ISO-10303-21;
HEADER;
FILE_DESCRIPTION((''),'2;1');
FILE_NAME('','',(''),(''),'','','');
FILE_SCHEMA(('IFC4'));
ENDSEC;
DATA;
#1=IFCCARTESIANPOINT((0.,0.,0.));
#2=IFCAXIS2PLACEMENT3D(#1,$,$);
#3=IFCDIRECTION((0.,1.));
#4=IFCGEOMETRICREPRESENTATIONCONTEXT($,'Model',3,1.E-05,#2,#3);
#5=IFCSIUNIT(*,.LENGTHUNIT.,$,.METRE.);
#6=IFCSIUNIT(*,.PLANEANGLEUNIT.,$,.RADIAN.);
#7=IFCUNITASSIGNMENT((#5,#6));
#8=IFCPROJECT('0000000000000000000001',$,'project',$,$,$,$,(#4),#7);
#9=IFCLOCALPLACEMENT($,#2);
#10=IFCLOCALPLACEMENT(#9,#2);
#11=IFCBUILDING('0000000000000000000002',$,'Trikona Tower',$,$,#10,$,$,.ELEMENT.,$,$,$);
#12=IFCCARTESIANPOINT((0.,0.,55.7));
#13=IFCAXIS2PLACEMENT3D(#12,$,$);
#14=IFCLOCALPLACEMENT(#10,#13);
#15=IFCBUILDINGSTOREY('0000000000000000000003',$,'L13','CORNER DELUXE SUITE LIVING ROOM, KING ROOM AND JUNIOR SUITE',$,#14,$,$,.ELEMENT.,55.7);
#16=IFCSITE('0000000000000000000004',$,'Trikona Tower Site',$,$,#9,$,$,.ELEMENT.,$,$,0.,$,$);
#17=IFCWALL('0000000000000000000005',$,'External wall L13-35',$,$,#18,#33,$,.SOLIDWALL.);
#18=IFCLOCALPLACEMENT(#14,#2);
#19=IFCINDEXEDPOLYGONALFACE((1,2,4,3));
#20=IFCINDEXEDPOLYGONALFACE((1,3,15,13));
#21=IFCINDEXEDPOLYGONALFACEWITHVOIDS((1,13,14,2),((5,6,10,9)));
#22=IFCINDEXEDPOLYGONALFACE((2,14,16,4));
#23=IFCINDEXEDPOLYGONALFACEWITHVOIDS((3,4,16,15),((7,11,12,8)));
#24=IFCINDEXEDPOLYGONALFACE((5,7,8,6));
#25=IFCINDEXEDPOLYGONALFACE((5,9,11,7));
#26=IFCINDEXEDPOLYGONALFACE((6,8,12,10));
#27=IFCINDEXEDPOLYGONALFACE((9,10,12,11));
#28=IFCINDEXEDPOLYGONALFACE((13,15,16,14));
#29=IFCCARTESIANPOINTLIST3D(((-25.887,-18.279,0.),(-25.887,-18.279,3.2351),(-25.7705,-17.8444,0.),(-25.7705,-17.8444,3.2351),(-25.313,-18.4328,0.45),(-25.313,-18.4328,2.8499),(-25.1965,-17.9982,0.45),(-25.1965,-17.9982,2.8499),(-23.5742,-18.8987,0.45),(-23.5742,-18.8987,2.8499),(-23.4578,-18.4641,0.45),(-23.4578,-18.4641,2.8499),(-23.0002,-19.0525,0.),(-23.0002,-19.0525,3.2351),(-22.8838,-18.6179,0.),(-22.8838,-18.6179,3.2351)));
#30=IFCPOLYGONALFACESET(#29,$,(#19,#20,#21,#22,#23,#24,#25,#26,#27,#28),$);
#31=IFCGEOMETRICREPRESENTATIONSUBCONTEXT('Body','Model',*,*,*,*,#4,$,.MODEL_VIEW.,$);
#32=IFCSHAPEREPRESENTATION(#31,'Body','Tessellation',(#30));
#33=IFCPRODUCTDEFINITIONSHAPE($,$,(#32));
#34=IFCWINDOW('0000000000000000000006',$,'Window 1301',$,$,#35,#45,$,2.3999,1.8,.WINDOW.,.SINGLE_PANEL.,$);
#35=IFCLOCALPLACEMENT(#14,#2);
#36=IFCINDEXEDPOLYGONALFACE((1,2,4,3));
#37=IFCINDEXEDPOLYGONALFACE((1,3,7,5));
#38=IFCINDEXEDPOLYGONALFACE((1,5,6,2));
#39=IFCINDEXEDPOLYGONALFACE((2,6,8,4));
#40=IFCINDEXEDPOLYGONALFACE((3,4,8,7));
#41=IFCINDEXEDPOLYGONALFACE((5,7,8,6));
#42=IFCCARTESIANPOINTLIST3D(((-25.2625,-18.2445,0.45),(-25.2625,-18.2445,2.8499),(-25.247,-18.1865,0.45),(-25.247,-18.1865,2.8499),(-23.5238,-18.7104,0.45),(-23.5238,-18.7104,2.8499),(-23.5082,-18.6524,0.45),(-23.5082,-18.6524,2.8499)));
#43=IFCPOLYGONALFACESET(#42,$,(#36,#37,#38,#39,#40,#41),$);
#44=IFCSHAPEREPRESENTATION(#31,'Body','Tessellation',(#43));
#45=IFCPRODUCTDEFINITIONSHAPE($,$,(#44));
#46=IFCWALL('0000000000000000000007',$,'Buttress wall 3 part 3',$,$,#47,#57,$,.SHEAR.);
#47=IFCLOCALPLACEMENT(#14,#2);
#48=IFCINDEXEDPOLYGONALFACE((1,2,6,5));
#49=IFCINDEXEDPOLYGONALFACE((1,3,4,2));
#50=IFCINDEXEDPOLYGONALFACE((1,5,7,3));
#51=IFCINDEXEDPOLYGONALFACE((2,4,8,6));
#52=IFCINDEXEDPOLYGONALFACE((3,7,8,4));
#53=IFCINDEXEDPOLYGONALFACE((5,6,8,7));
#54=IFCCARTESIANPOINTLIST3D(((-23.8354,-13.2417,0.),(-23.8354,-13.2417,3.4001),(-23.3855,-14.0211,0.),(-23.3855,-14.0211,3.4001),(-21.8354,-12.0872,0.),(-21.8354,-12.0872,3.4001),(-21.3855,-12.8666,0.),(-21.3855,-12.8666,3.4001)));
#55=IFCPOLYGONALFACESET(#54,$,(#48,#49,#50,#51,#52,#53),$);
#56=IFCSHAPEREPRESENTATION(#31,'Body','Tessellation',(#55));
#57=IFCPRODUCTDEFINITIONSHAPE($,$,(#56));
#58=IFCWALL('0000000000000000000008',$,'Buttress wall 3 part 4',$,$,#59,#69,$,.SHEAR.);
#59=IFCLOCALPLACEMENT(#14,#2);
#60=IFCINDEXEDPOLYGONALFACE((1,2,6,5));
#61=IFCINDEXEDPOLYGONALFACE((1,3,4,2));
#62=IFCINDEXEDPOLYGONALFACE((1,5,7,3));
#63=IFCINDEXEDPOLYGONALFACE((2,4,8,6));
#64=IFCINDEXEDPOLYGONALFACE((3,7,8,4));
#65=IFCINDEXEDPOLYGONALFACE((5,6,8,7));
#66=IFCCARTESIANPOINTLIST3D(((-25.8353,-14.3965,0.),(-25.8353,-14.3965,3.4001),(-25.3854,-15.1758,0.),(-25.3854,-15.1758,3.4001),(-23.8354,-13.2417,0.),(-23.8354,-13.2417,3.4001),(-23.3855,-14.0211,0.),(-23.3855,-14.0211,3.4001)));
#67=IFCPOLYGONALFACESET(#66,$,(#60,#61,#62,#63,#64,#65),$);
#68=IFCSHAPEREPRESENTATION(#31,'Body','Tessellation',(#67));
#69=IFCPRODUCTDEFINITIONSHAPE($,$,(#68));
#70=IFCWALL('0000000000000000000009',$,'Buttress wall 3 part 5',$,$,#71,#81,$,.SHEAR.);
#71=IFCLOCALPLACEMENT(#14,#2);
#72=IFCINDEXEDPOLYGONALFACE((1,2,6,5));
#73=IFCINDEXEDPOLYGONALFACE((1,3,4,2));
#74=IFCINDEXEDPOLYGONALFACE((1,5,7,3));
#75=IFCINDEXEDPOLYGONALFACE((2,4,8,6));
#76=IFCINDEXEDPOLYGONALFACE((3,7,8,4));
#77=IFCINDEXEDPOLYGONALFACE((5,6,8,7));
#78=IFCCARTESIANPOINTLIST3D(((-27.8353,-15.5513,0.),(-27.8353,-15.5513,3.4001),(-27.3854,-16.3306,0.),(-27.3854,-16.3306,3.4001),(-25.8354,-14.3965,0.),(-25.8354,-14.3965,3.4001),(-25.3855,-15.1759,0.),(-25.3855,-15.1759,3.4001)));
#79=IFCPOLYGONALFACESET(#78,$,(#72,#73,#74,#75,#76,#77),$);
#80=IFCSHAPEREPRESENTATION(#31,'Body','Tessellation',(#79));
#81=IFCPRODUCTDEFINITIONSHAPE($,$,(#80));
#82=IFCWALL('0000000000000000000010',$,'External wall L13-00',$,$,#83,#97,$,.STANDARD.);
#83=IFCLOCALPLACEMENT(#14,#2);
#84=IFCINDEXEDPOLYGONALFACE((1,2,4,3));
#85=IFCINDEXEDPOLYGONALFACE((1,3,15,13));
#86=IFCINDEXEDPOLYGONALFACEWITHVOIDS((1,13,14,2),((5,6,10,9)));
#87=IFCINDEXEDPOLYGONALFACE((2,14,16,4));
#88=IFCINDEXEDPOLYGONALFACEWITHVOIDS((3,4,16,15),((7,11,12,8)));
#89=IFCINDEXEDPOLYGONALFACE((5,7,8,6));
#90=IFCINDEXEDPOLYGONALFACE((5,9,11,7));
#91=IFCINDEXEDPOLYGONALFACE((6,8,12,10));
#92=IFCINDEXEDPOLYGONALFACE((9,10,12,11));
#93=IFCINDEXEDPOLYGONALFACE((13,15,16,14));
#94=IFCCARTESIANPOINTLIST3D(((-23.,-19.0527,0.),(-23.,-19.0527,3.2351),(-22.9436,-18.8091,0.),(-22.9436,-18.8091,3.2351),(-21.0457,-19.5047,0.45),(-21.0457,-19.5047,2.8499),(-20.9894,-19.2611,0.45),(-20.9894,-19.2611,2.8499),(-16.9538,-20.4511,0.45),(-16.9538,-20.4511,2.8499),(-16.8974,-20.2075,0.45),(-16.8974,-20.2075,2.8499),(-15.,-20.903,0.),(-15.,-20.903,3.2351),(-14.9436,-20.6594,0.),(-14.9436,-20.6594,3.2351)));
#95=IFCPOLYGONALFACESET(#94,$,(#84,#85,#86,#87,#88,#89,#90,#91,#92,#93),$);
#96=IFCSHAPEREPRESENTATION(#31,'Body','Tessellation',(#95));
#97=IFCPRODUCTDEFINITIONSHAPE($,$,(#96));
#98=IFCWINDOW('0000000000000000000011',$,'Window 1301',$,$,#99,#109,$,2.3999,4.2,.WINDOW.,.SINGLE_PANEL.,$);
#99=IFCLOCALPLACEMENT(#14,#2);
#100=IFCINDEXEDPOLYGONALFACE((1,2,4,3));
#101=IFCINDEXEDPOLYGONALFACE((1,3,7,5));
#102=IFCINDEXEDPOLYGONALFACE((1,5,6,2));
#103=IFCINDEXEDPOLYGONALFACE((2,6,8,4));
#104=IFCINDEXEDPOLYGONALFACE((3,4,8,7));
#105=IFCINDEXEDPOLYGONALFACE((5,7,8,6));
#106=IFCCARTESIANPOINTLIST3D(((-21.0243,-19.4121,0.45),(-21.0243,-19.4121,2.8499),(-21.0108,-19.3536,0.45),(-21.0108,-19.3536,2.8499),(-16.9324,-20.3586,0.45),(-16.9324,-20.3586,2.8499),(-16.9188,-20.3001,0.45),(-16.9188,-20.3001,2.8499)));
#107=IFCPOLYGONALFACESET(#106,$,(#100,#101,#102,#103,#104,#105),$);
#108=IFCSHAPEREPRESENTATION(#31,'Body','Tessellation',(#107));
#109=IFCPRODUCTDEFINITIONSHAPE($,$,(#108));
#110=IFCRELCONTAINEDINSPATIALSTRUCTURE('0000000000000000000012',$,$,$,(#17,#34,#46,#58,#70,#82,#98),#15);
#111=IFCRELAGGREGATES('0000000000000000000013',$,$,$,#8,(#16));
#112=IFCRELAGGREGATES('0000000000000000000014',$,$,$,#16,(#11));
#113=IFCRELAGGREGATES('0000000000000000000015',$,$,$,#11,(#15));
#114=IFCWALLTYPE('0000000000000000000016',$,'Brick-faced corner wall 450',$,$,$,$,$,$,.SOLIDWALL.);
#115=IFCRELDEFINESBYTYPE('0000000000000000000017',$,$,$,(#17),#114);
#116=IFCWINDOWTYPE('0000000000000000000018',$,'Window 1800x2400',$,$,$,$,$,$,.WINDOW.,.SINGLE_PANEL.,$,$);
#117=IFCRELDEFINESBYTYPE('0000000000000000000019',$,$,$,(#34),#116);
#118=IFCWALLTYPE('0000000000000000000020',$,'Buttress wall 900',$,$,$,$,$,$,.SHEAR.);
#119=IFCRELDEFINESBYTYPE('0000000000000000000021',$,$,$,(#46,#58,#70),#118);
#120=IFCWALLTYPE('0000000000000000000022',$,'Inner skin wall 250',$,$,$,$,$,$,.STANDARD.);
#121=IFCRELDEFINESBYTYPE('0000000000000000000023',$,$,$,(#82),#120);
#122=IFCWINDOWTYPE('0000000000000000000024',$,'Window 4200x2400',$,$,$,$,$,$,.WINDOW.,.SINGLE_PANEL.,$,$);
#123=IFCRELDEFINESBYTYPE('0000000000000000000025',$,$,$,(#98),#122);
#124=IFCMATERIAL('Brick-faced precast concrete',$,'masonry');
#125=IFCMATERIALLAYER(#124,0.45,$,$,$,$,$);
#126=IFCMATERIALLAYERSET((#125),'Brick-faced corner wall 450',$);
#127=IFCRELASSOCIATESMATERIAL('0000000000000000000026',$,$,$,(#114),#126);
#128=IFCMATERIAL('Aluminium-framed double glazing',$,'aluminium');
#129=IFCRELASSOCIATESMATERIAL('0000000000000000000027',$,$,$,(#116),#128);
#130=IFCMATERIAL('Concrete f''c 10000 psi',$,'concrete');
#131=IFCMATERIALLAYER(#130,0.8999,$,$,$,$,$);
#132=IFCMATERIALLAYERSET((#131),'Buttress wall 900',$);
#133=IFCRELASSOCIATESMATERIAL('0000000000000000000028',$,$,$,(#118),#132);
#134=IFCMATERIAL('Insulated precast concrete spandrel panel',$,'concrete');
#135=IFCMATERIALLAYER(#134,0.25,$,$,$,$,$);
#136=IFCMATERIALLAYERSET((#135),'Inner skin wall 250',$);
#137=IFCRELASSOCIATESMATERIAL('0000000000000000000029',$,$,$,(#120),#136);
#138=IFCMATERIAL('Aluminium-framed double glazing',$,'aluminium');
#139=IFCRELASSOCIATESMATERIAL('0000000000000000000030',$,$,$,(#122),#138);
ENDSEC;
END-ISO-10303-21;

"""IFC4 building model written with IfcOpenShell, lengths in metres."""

from ifc_helpers import new_model, si_unit, direction, frame, frame_2d, origin, place, context, subcontext, project, spatial, rectangle, extrude, material, layer, layer_set, type_object, element, fill, save


model = new_model("IFC4")

# Units and contexts
model_context = context("Model", 3, precision=1e-05, world=origin(), true_north=direction((0.0, 1.0)))
body_context = subcontext(model_context, "Body", "Model", "MODEL_VIEW")
ifc_project = project(units=[si_unit("LENGTHUNIT", "METRE"), si_unit("PLANEANGLEUNIT", "RADIAN")], contexts=[model_context])

# Site, building, storey
site_placement = place(None, origin())
site = spatial("IfcSite", under=ifc_project, at=site_placement, Name="Trikona Tower Site", CompositionType="ELEMENT", RefElevation=0.0)
building_placement = place(site_placement, origin())
building = spatial("IfcBuilding", under=site, at=building_placement, Name="Trikona Tower", CompositionType="ELEMENT")
storey_placement = place(building_placement, frame((0.0, 0.0, 55.7)))
storey = spatial("IfcBuildingStorey", under=building, at=storey_placement, Name="L13", Description="CORNER DELUXE SUITE LIVING ROOM, KING ROOM AND JUNIOR SUITE", CompositionType="ELEMENT", Elevation=55.7)

# Wall, opening, window
ifc_material_1 = material(Name="Brick-faced precast concrete", Category="masonry")
ifc_layer_1 = layer(ifc_material_1, 0.45)
ifc_layer_set_1 = layer_set([ifc_layer_1], Name="Brick-faced corner wall 450")
wall_type_1 = type_object("IfcWallType", Name="Brick-faced corner wall 450", PredefinedType="SOLIDWALL", material=ifc_layer_set_1)
wall_1_placement = place(storey_placement, frame((-25.8286, -18.0618, 0.0), z_axis=(0.0, 0.0, 1.0), x_axis=(0.965931, -0.258801, 0.0)))
wall_1 = element("IfcWall", 1, at=wall_1_placement, inside=storey, type_object=wall_type_1, Name="External wall L13-35", PredefinedType="SOLIDWALL", context=body_context, shape_type="SweptSolid", body=[
    extrude(rectangle(XDim=2.9885, YDim=0.45, at=frame_2d((1.4941, 0.0))), origin(), (0.0, 0.0, 1.0), 3.2351),
])
opening_1_placement = place(wall_1_placement, frame((0.5942, 0.0, 0.45)))
opening_1 = element("IfcOpeningElement", 2, at=opening_1_placement, cuts=wall_1, PredefinedType="OPENING", context=body_context, shape_type="SweptSolid", body=[
    extrude(rectangle(XDim=1.8, YDim=2.3999, at=frame_2d((0.8999, 1.2))), frame((0.0, 0.2349, 0.0), z_axis=(0.0, -1.0, 0.0), x_axis=(1.0, 0.0, 0.0)), (0.0, 0.0, 1.0), 0.47),
])
ifc_material_2 = material(Name="Aluminium-framed double glazing", Category="aluminium")
window_type_1 = type_object("IfcWindowType", Name="Window 1800x2400", PartitioningType="SINGLE_PANEL", PredefinedType="WINDOW", material=ifc_material_2)
window_1_placement = place(opening_1_placement, origin())
window_1 = element("IfcWindow", 3, at=window_1_placement, inside=storey, type_object=window_type_1, Name="Window 1301", OverallHeight=2.3999, OverallWidth=1.8, PartitioningType="SINGLE_PANEL", PredefinedType="WINDOW", context=body_context, shape_type="SweptSolid", body=[
    extrude(rectangle(XDim=1.8, YDim=2.3999, at=frame_2d((0.8999, 1.2))), frame((0.0, 0.03, 0.0), z_axis=(0.0, -1.0, 0.0), x_axis=(1.0, 0.0, 0.0)), (0.0, 0.0, 1.0), 0.0601),
])
fill(opening_1, window_1)

# Walls
ifc_material_3 = material(Name="Concrete f'c 10000 psi", Category="concrete")
ifc_layer_2 = layer(ifc_material_3, 0.8999)
ifc_layer_set_2 = layer_set([ifc_layer_2], Name="Buttress wall 900")
wall_type_2 = type_object("IfcWallType", Name="Buttress wall 900", PredefinedType="SHEAR", material=ifc_layer_set_2)
for number, where, z_axis, x_axis, name in (
    (4, (-21.6104, -12.4768, 0.0), (0.0, 0.0, 1.0), (-0.866055, -0.499948, 0.0), "Buttress wall 3 part 3"),
    (5, (-23.6104, -13.6313, 0.0), (0.0, 0.0, 1.0), (-0.86601, -0.500027, 0.0), "Buttress wall 3 part 4"),
    (6, (-25.6104, -14.7861, 0.0), (0.0, 0.0, 1.0), (-0.86601, -0.500027, 0.0), "Buttress wall 3 part 5"),
):
    element("IfcWall", number, at=place(storey_placement, frame(where, z_axis=z_axis, x_axis=x_axis)), inside=storey, type_object=wall_type_2, Name=name, PredefinedType="SHEAR", context=body_context, shape_type="SweptSolid", body=[
        extrude(rectangle(XDim=2.3093, YDim=0.8999, at=frame_2d((1.1548, 0.0))), origin(), (0.0, 0.0, 1.0), 3.4001),
    ])

# Wall, opening, window
ifc_material_4 = material(Name="Insulated precast concrete spandrel panel", Category="concrete")
ifc_layer_3 = layer(ifc_material_4, 0.25)
ifc_layer_set_3 = layer_set([ifc_layer_3], Name="Inner skin wall 250")
wall_type_3 = type_object("IfcWallType", Name="Inner skin wall 250", PredefinedType="STANDARD", material=ifc_layer_set_3)
wall_2_placement = place(storey_placement, frame((-22.9717, -18.9309, 0.0), z_axis=(0.0, 0.0, 1.0), x_axis=(0.974279, -0.225344, 0.0)))
wall_2 = element("IfcWall", 7, at=wall_2_placement, inside=storey, type_object=wall_type_3, Name="External wall L13-00", PredefinedType="STANDARD", context=body_context, shape_type="SweptSolid", body=[
    extrude(rectangle(XDim=8.2112, YDim=0.25, at=frame_2d((4.1055, 0.0))), origin(), (0.0, 0.0, 1.0), 3.2351),
])
opening_2_placement = place(wall_2_placement, frame((2.0056, 0.0, 0.45)))
opening_2 = element("IfcOpeningElement", 8, at=opening_2_placement, cuts=wall_2, PredefinedType="OPENING", context=body_context, shape_type="SweptSolid", body=[
    extrude(rectangle(XDim=4.2, YDim=2.3999, at=frame_2d((2.1001, 1.2))), frame((0.0, 0.135, 0.0), z_axis=(0.0, -1.0, 0.0), x_axis=(1.0, 0.0, 0.0)), (0.0, 0.0, 1.0), 0.27),
])
ifc_material_5 = material(Name="Aluminium-framed double glazing", Category="aluminium")
window_type_2 = type_object("IfcWindowType", Name="Window 4200x2400", PartitioningType="SINGLE_PANEL", PredefinedType="WINDOW", material=ifc_material_5)
window_2_placement = place(opening_2_placement, origin())
window_2 = element("IfcWindow", 9, at=window_2_placement, inside=storey, type_object=window_type_2, Name="Window 1301", OverallHeight=2.3999, OverallWidth=4.2, PartitioningType="SINGLE_PANEL", PredefinedType="WINDOW", context=body_context, shape_type="SweptSolid", body=[
    extrude(rectangle(XDim=4.2, YDim=2.3999, at=frame_2d((2.1001, 1.2))), frame((0.0, 0.03, 0.0), z_axis=(0.0, -1.0, 0.0), x_axis=(1.0, 0.0, 0.0)), (0.0, 0.0, 1.0), 0.0601),
])
fill(opening_2, window_2)

save(model, "model.ifc")
